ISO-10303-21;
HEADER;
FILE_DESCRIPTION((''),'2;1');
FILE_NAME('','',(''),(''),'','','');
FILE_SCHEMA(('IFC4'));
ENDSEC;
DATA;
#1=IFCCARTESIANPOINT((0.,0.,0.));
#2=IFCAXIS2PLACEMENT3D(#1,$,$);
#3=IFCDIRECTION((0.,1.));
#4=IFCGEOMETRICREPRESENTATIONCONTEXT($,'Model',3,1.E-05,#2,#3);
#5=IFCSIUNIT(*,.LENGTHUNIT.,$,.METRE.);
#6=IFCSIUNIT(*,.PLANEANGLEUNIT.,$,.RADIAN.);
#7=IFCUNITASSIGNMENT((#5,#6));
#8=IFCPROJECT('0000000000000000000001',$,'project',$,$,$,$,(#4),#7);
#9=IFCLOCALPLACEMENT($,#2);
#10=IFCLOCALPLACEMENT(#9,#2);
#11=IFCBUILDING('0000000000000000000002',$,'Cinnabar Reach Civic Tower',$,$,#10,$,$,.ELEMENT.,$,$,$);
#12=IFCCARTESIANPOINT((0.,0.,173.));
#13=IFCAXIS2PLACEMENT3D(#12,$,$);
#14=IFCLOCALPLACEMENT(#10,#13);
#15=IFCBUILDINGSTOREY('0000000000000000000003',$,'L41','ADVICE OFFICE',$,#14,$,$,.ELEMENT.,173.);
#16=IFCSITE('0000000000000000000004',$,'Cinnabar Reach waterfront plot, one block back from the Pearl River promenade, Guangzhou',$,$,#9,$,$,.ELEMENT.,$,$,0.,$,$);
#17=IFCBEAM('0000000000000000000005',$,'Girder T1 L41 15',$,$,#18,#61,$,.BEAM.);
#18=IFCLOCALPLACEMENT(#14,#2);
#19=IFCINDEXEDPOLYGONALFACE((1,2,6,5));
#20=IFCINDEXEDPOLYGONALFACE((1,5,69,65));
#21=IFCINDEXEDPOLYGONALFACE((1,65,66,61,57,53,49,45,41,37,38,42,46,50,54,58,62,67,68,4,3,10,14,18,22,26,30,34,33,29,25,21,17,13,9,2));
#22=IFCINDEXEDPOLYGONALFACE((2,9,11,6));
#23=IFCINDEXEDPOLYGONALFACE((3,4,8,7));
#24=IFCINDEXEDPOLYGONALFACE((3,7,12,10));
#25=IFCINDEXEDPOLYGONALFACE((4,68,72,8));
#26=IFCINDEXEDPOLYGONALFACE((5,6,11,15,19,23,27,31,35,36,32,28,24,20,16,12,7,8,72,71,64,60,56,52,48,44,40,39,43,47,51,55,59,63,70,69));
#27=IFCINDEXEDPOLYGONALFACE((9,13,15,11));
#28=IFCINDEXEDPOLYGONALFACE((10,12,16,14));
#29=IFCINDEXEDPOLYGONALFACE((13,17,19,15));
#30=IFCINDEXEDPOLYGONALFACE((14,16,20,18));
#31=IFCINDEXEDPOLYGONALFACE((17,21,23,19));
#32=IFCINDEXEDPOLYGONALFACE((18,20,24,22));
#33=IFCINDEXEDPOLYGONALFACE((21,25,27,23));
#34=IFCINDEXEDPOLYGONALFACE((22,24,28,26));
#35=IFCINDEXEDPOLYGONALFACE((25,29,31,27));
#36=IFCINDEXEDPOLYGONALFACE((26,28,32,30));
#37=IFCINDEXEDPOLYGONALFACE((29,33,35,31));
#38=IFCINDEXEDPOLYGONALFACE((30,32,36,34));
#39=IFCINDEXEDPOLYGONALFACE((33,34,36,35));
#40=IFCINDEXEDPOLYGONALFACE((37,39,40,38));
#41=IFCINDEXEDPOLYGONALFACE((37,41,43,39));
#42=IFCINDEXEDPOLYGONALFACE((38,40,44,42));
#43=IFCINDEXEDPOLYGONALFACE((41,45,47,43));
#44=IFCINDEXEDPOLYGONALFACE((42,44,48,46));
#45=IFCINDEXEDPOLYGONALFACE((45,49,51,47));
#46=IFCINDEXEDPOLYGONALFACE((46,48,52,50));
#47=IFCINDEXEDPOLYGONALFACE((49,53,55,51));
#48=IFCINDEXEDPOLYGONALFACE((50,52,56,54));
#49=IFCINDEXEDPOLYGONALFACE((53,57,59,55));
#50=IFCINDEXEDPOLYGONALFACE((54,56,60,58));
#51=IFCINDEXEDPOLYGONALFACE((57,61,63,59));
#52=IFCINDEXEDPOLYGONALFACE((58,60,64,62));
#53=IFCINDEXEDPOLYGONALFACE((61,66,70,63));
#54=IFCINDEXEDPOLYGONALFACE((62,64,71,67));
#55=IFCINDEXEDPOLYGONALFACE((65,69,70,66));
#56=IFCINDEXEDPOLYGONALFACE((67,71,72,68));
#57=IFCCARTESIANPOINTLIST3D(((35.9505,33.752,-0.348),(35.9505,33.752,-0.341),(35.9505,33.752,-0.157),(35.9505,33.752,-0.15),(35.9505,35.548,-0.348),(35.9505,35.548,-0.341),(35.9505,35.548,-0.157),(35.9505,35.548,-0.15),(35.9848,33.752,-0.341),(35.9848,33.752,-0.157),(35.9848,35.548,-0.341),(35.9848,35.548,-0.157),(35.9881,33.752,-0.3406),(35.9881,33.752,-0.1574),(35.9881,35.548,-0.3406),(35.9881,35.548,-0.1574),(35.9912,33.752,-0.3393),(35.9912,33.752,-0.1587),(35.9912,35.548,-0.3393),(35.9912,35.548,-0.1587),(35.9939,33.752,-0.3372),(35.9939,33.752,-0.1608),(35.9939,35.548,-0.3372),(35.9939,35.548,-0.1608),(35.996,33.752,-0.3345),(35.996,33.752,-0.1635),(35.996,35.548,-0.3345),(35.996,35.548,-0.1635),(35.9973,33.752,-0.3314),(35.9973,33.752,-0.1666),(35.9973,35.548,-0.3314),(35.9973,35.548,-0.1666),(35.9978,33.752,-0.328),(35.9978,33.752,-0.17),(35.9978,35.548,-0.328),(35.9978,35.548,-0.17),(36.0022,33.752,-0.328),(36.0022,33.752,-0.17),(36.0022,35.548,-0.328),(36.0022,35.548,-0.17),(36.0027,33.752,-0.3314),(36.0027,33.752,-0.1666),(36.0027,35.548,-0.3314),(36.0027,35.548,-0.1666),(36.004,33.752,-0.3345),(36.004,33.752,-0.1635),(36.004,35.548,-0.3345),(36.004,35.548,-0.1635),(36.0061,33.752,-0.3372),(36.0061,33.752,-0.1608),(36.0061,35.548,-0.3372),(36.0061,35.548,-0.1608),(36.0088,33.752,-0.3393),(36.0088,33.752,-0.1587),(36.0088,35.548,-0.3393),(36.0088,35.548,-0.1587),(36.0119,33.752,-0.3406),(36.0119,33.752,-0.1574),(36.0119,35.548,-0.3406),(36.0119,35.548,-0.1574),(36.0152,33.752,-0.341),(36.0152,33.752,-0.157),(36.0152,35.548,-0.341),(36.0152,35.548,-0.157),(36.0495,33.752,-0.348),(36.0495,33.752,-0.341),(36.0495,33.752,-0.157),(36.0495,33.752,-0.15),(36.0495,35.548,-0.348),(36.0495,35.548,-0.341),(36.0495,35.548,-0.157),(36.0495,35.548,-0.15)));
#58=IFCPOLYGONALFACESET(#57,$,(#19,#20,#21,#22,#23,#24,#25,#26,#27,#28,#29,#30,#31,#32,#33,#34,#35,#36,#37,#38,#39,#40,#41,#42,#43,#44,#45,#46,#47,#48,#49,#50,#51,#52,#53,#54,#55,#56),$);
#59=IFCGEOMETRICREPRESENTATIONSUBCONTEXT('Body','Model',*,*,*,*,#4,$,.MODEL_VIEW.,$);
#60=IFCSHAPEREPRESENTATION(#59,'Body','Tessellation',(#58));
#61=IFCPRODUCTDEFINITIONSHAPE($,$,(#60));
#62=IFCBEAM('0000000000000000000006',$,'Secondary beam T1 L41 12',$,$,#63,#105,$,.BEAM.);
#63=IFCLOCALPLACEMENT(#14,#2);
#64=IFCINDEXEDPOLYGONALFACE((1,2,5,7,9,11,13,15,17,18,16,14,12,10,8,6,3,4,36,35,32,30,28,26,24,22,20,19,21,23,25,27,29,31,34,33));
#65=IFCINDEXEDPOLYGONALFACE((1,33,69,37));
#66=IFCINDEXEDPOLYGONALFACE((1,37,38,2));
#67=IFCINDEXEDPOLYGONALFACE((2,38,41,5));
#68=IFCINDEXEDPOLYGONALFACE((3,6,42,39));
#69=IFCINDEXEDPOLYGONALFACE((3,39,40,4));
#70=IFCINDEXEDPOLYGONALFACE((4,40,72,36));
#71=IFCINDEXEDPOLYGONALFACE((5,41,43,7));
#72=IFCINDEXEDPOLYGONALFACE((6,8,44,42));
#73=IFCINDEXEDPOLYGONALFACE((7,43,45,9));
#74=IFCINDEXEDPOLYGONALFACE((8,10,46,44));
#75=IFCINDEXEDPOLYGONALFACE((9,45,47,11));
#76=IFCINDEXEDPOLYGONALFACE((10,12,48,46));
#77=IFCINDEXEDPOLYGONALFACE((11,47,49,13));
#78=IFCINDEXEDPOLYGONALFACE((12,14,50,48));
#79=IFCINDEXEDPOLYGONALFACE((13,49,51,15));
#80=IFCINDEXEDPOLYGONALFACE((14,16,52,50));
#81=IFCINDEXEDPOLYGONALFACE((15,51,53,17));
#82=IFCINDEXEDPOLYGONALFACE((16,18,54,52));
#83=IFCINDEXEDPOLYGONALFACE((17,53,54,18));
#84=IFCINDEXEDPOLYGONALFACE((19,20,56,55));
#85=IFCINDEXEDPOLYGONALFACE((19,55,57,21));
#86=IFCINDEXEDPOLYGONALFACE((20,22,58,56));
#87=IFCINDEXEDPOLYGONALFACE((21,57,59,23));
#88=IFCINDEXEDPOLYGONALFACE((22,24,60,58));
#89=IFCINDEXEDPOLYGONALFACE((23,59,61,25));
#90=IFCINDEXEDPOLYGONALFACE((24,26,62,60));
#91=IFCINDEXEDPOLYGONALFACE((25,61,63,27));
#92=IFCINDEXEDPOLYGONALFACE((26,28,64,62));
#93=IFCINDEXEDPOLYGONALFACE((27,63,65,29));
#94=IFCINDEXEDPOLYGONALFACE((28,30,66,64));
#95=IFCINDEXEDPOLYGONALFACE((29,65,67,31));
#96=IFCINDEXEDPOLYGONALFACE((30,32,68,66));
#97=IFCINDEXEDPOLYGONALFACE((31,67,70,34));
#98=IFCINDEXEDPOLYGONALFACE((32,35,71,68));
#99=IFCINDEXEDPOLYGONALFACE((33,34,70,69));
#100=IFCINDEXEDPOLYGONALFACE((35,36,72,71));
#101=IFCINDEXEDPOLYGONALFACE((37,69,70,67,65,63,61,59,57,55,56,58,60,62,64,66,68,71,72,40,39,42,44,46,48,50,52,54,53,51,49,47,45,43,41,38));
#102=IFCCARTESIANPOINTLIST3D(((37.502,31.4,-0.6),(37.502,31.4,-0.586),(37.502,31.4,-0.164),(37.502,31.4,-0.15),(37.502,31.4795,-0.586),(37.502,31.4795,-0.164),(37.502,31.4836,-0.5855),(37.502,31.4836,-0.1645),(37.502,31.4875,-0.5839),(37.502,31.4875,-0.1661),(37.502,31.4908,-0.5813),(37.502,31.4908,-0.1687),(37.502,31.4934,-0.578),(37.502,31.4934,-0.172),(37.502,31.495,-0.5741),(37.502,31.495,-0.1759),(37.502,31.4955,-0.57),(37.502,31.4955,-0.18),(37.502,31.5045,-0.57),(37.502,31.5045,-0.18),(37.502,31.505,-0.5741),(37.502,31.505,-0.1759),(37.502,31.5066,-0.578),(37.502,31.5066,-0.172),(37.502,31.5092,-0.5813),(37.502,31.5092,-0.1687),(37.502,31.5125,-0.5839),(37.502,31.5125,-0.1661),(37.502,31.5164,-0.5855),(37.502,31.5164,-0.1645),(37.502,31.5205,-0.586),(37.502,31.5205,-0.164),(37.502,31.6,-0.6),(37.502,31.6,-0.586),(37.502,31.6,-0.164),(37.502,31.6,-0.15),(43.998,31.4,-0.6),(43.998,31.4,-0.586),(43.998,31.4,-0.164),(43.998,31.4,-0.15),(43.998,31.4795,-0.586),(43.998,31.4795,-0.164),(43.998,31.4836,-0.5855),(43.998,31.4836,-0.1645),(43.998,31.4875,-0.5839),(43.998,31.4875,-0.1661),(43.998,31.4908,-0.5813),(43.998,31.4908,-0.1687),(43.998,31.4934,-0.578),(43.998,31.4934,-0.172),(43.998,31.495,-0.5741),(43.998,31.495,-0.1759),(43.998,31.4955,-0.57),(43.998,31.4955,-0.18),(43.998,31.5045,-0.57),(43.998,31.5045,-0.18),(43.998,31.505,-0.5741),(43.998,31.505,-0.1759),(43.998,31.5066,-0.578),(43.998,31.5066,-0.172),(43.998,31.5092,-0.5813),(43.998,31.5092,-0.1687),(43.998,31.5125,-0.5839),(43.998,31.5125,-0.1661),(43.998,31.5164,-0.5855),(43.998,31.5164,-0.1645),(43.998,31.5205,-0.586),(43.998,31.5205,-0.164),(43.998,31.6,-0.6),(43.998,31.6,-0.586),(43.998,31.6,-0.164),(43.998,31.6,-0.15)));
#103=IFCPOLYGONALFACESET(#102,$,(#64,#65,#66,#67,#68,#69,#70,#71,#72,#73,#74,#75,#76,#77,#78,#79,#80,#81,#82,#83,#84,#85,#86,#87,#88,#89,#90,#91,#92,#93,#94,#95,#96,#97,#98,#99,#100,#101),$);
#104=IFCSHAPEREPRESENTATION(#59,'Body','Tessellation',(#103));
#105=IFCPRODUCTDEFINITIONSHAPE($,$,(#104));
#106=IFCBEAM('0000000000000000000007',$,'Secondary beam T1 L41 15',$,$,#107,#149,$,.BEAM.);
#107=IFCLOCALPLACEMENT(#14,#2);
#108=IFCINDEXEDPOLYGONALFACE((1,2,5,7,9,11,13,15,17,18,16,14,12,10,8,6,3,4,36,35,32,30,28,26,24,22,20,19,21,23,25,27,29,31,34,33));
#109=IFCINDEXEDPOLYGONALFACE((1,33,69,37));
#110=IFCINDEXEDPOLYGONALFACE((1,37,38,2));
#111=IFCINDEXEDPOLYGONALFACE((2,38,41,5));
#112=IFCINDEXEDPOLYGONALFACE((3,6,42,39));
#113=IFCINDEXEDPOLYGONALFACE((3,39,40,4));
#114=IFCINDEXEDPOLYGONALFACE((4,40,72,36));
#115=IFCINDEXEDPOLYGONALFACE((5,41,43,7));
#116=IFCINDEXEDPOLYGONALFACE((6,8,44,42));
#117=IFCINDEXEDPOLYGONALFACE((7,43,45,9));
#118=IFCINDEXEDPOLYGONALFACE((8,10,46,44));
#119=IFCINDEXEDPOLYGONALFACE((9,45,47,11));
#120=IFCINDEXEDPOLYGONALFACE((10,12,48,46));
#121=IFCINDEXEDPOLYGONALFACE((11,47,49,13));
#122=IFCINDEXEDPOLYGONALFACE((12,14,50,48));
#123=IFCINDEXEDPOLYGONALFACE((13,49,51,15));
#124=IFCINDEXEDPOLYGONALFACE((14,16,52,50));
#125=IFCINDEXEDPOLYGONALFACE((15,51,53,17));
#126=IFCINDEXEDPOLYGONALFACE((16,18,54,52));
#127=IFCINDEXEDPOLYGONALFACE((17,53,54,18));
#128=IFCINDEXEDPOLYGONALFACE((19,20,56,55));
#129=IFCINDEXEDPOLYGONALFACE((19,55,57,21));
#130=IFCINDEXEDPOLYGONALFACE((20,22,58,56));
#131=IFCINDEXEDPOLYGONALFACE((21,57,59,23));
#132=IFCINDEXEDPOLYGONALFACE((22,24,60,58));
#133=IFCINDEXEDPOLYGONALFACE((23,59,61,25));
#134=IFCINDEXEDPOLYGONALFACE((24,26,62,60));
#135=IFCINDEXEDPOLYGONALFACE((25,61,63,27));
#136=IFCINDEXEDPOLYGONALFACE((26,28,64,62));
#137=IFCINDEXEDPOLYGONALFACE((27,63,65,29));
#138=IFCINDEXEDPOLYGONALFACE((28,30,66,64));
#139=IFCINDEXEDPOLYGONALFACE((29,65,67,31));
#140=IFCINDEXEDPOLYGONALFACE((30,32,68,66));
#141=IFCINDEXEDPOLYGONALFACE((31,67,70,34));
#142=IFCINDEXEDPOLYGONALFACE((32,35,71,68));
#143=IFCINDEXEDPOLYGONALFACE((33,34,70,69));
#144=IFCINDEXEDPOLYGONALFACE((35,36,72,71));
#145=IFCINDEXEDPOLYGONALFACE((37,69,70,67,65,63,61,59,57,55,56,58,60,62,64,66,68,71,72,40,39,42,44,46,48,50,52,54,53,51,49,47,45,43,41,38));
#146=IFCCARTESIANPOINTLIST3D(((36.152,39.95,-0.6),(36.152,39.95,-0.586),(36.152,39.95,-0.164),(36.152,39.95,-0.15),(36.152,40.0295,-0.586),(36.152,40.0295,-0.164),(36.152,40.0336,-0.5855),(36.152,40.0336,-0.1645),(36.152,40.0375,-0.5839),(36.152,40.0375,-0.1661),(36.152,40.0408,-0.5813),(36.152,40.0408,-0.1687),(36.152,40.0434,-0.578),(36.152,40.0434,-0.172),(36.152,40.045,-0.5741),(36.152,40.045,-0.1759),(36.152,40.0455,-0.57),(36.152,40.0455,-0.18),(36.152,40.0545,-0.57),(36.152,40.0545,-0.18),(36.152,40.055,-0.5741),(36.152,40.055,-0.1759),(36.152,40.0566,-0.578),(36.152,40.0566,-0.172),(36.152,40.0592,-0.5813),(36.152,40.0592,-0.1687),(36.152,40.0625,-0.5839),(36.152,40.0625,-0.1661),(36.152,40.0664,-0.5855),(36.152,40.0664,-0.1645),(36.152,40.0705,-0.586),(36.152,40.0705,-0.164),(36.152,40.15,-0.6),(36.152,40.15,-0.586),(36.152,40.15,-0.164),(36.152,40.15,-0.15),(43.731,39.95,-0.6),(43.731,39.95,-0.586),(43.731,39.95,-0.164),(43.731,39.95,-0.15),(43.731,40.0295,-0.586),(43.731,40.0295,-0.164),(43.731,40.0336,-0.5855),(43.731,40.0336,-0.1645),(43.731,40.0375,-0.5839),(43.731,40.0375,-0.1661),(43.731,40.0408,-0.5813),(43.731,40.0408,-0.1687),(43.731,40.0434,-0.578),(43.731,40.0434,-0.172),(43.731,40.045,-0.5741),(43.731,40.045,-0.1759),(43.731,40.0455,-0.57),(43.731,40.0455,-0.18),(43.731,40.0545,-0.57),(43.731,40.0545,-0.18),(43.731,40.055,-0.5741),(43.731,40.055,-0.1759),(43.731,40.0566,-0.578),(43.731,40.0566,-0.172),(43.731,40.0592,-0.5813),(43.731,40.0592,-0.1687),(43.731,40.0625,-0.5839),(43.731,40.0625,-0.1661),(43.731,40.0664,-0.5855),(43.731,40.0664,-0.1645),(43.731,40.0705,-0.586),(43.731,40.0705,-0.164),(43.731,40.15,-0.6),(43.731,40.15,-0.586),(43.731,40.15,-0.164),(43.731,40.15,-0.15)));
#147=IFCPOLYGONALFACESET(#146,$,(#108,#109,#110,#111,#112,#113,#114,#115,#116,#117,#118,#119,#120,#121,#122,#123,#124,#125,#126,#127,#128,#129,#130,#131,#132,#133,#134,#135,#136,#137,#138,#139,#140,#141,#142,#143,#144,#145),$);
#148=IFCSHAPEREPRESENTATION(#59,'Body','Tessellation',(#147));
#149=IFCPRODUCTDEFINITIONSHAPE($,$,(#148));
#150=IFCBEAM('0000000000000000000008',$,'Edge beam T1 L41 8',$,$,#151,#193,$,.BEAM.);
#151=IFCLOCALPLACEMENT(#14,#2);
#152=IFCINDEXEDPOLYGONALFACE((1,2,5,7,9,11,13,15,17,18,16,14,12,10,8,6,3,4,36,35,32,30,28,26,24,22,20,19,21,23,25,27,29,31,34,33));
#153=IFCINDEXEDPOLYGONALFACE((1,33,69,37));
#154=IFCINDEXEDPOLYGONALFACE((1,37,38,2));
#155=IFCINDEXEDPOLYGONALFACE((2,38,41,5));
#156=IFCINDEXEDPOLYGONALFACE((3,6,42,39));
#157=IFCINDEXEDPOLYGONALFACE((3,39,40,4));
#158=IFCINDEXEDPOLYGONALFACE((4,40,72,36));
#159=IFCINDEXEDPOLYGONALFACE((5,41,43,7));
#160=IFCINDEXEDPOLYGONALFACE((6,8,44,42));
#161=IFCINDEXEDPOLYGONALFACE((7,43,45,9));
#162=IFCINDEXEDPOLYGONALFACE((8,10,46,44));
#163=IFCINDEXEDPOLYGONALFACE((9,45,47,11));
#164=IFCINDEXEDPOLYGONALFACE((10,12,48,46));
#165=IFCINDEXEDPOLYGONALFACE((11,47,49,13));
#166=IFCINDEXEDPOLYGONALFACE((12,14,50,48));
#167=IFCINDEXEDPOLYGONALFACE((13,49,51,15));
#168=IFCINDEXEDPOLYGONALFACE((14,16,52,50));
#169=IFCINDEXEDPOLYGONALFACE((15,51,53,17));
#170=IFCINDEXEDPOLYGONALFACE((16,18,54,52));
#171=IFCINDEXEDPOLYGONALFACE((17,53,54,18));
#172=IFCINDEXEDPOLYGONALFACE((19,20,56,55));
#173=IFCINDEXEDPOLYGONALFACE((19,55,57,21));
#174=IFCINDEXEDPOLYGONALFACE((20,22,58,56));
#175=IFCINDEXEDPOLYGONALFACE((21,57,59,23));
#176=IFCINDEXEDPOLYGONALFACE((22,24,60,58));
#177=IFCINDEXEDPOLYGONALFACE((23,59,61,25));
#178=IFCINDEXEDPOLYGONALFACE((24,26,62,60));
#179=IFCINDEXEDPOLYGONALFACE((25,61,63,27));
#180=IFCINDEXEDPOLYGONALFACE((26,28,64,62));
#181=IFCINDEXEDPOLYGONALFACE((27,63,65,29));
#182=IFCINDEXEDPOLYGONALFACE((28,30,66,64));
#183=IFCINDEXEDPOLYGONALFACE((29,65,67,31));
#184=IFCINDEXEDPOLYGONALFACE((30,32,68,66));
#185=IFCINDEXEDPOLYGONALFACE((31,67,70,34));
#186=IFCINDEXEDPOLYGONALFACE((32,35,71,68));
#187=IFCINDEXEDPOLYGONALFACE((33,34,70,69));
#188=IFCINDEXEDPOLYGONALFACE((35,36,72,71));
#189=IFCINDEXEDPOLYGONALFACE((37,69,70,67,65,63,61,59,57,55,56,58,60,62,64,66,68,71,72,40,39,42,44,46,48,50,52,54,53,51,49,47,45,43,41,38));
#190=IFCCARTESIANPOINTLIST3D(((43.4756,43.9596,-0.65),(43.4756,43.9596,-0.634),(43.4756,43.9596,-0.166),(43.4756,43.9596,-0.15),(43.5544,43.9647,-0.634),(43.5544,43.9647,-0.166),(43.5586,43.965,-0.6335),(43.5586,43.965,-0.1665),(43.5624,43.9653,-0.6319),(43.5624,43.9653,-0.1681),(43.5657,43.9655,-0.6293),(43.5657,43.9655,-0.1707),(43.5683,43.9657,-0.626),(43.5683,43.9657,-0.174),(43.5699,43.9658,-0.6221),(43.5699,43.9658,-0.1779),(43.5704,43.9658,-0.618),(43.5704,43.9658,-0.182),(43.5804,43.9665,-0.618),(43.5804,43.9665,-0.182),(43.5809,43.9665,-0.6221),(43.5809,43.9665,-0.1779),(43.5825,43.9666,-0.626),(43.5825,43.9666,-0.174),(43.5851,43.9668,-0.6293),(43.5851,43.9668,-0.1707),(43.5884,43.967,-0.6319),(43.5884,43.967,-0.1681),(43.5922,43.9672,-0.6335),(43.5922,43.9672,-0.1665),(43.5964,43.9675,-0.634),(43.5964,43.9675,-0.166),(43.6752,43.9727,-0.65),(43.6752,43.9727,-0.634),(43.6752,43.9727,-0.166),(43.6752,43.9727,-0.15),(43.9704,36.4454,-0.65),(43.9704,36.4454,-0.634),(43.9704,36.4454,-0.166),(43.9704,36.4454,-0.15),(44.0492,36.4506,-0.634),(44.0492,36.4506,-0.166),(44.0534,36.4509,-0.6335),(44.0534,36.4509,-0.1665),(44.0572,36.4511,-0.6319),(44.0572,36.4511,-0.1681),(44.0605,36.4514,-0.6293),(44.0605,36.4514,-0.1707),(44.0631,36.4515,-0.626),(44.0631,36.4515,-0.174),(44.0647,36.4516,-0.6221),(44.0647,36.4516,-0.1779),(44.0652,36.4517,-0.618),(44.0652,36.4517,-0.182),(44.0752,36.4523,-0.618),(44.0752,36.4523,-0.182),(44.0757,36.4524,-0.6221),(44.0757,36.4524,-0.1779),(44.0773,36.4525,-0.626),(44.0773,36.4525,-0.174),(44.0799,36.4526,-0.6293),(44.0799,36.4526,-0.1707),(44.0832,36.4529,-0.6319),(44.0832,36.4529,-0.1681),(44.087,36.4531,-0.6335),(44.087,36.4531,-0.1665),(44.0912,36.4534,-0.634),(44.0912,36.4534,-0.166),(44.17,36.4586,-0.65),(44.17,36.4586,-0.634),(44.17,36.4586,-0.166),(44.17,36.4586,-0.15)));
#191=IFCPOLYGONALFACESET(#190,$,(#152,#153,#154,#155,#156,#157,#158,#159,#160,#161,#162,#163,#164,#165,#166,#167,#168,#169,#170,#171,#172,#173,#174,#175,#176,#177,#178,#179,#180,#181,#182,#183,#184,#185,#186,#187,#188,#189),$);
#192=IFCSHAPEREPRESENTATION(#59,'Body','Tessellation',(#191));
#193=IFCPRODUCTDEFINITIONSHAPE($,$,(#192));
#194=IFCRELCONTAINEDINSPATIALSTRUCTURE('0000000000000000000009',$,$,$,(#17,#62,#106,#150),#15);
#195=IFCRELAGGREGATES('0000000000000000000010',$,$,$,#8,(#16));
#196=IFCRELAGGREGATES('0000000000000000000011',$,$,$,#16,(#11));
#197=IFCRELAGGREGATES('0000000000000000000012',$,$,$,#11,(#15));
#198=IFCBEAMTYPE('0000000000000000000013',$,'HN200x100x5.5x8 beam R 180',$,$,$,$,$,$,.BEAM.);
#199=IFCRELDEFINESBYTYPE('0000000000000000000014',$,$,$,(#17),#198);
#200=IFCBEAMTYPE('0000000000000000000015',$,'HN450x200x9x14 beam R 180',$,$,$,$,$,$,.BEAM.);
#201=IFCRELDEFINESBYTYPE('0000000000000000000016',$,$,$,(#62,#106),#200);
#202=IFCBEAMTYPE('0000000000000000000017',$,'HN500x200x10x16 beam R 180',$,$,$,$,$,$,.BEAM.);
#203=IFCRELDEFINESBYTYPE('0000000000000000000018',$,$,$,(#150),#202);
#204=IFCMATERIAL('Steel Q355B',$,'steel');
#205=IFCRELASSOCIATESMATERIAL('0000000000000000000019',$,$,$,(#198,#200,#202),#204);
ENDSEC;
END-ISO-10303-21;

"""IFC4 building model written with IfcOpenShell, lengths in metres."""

from ifc_helpers import new_model, si_unit, direction, frame, origin, origin_2d, place, context, subcontext, project, spatial, i_section, extrude, material, material_profile, profile_set, type_object, element, save


model = new_model("IFC4")

# Units and contexts
model_context = context("Model", 3, precision=1e-05, world=origin(), true_north=direction((0.0, 1.0)))
body_context = subcontext(model_context, "Body", "Model", "MODEL_VIEW")
ifc_project = project(units=[si_unit("LENGTHUNIT", "METRE"), si_unit("PLANEANGLEUNIT", "RADIAN")], contexts=[model_context])

# Site, building, storey
site_placement = place(None, origin())
site = spatial("IfcSite", under=ifc_project, at=site_placement, Name="Cinnabar Reach waterfront plot, one block back from the Pearl River promenade, Guangzhou", CompositionType="ELEMENT", RefElevation=0.0)
building_placement = place(site_placement, origin())
building = spatial("IfcBuilding", under=site, at=building_placement, Name="Cinnabar Reach Civic Tower", CompositionType="ELEMENT")
storey_placement = place(building_placement, frame((0.0, 0.0, 173.0)))
storey = spatial("IfcBuildingStorey", under=building, at=storey_placement, Name="L41", Description="ADVICE OFFICE", CompositionType="ELEMENT", Elevation=173.0)

# Beams
ifc_material_1 = material(Name="Steel Q355B", Category="steel")
ifc_material_profile_1 = material_profile(ifc_material_1, i_section(OverallWidth=0.099, OverallDepth=0.198, WebThickness=0.0045, FlangeThickness=0.007, FilletRadius=0.013, at=origin_2d()), Name="HN200x100x5.5x8")
ifc_profile_set_1 = profile_set([ifc_material_profile_1], Name="Steel Q355B")
beam_type_1 = type_object("IfcBeamType", Name="HN200x100x5.5x8 beam R 180", PredefinedType="BEAM", material=ifc_profile_set_1)
beam_1_placement = place(storey_placement, frame((36.0, 33.752, -0.249), z_axis=(0.0, 1.0, 0.0), x_axis=(-1.0, 0.0, 0.0)))
element("IfcBeam", 1, at=beam_1_placement, inside=storey, type_object=beam_type_1, Name="Girder T1 L41 15", PredefinedType="BEAM", context=body_context, shape_type="SweptSolid", body=[
    extrude(i_section(OverallWidth=0.099, OverallDepth=0.198, WebThickness=0.0045, FlangeThickness=0.007, FilletRadius=0.013, at=origin_2d()), origin(), (0.0, 0.0, 1.0), 1.796),
])
ifc_material_profile_2 = material_profile(ifc_material_1, i_section(OverallWidth=0.2, OverallDepth=0.45, WebThickness=0.009, FlangeThickness=0.014, FilletRadius=0.016, at=origin_2d()), Name="HN450x200x9x14")
ifc_profile_set_2 = profile_set([ifc_material_profile_2], Name="Steel Q355B")
beam_type_2 = type_object("IfcBeamType", Name="HN450x200x9x14 beam R 180", PredefinedType="BEAM", material=ifc_profile_set_2)
beam_2_placement = place(storey_placement, frame((37.502, 31.5, -0.375), z_axis=(1.0, 0.0, 0.0), x_axis=(0.0, 1.0, 0.0)))
element("IfcBeam", 2, at=beam_2_placement, inside=storey, type_object=beam_type_2, Name="Secondary beam T1 L41 12", PredefinedType="BEAM", context=body_context, shape_type="SweptSolid", body=[
    extrude(i_section(OverallWidth=0.2, OverallDepth=0.45, WebThickness=0.009, FlangeThickness=0.014, FilletRadius=0.016, at=origin_2d()), origin(), (0.0, 0.0, 1.0), 6.496),
])
beam_3_placement = place(storey_placement, frame((36.152, 40.05, -0.375), z_axis=(1.0, 0.0, 0.0), x_axis=(0.0, 1.0, 0.0)))
element("IfcBeam", 3, at=beam_3_placement, inside=storey, type_object=beam_type_2, Name="Secondary beam T1 L41 15", PredefinedType="BEAM", context=body_context, shape_type="SweptSolid", body=[
    extrude(i_section(OverallWidth=0.2, OverallDepth=0.45, WebThickness=0.009, FlangeThickness=0.014, FilletRadius=0.016, at=origin_2d()), origin(), (0.0, 0.0, 1.0), 7.579),
])
ifc_material_profile_3 = material_profile(ifc_material_1, i_section(OverallWidth=0.2, OverallDepth=0.5, WebThickness=0.01, FlangeThickness=0.016, FilletRadius=0.016, at=origin_2d()), Name="HN500x200x10x16")
ifc_profile_set_3 = profile_set([ifc_material_profile_3], Name="Steel Q355B")
beam_type_3 = type_object("IfcBeamType", Name="HN500x200x10x16 beam R 180", PredefinedType="BEAM", material=ifc_profile_set_3)
beam_4_placement = place(storey_placement, frame((44.0702, 36.452, -0.4), z_axis=(-0.065707, 0.997839, 0.0), x_axis=(-0.997839, -0.065707, 0.0)))
element("IfcBeam", 4, at=beam_4_placement, inside=storey, type_object=beam_type_3, Name="Edge beam T1 L41 8", PredefinedType="BEAM", context=body_context, shape_type="SweptSolid", body=[
    extrude(i_section(OverallWidth=0.2, OverallDepth=0.5, WebThickness=0.01, FlangeThickness=0.016, FilletRadius=0.016, at=origin_2d()), origin(), (0.0, 0.0, 1.0), 7.5304),
])

save(model, "model.ifc")
